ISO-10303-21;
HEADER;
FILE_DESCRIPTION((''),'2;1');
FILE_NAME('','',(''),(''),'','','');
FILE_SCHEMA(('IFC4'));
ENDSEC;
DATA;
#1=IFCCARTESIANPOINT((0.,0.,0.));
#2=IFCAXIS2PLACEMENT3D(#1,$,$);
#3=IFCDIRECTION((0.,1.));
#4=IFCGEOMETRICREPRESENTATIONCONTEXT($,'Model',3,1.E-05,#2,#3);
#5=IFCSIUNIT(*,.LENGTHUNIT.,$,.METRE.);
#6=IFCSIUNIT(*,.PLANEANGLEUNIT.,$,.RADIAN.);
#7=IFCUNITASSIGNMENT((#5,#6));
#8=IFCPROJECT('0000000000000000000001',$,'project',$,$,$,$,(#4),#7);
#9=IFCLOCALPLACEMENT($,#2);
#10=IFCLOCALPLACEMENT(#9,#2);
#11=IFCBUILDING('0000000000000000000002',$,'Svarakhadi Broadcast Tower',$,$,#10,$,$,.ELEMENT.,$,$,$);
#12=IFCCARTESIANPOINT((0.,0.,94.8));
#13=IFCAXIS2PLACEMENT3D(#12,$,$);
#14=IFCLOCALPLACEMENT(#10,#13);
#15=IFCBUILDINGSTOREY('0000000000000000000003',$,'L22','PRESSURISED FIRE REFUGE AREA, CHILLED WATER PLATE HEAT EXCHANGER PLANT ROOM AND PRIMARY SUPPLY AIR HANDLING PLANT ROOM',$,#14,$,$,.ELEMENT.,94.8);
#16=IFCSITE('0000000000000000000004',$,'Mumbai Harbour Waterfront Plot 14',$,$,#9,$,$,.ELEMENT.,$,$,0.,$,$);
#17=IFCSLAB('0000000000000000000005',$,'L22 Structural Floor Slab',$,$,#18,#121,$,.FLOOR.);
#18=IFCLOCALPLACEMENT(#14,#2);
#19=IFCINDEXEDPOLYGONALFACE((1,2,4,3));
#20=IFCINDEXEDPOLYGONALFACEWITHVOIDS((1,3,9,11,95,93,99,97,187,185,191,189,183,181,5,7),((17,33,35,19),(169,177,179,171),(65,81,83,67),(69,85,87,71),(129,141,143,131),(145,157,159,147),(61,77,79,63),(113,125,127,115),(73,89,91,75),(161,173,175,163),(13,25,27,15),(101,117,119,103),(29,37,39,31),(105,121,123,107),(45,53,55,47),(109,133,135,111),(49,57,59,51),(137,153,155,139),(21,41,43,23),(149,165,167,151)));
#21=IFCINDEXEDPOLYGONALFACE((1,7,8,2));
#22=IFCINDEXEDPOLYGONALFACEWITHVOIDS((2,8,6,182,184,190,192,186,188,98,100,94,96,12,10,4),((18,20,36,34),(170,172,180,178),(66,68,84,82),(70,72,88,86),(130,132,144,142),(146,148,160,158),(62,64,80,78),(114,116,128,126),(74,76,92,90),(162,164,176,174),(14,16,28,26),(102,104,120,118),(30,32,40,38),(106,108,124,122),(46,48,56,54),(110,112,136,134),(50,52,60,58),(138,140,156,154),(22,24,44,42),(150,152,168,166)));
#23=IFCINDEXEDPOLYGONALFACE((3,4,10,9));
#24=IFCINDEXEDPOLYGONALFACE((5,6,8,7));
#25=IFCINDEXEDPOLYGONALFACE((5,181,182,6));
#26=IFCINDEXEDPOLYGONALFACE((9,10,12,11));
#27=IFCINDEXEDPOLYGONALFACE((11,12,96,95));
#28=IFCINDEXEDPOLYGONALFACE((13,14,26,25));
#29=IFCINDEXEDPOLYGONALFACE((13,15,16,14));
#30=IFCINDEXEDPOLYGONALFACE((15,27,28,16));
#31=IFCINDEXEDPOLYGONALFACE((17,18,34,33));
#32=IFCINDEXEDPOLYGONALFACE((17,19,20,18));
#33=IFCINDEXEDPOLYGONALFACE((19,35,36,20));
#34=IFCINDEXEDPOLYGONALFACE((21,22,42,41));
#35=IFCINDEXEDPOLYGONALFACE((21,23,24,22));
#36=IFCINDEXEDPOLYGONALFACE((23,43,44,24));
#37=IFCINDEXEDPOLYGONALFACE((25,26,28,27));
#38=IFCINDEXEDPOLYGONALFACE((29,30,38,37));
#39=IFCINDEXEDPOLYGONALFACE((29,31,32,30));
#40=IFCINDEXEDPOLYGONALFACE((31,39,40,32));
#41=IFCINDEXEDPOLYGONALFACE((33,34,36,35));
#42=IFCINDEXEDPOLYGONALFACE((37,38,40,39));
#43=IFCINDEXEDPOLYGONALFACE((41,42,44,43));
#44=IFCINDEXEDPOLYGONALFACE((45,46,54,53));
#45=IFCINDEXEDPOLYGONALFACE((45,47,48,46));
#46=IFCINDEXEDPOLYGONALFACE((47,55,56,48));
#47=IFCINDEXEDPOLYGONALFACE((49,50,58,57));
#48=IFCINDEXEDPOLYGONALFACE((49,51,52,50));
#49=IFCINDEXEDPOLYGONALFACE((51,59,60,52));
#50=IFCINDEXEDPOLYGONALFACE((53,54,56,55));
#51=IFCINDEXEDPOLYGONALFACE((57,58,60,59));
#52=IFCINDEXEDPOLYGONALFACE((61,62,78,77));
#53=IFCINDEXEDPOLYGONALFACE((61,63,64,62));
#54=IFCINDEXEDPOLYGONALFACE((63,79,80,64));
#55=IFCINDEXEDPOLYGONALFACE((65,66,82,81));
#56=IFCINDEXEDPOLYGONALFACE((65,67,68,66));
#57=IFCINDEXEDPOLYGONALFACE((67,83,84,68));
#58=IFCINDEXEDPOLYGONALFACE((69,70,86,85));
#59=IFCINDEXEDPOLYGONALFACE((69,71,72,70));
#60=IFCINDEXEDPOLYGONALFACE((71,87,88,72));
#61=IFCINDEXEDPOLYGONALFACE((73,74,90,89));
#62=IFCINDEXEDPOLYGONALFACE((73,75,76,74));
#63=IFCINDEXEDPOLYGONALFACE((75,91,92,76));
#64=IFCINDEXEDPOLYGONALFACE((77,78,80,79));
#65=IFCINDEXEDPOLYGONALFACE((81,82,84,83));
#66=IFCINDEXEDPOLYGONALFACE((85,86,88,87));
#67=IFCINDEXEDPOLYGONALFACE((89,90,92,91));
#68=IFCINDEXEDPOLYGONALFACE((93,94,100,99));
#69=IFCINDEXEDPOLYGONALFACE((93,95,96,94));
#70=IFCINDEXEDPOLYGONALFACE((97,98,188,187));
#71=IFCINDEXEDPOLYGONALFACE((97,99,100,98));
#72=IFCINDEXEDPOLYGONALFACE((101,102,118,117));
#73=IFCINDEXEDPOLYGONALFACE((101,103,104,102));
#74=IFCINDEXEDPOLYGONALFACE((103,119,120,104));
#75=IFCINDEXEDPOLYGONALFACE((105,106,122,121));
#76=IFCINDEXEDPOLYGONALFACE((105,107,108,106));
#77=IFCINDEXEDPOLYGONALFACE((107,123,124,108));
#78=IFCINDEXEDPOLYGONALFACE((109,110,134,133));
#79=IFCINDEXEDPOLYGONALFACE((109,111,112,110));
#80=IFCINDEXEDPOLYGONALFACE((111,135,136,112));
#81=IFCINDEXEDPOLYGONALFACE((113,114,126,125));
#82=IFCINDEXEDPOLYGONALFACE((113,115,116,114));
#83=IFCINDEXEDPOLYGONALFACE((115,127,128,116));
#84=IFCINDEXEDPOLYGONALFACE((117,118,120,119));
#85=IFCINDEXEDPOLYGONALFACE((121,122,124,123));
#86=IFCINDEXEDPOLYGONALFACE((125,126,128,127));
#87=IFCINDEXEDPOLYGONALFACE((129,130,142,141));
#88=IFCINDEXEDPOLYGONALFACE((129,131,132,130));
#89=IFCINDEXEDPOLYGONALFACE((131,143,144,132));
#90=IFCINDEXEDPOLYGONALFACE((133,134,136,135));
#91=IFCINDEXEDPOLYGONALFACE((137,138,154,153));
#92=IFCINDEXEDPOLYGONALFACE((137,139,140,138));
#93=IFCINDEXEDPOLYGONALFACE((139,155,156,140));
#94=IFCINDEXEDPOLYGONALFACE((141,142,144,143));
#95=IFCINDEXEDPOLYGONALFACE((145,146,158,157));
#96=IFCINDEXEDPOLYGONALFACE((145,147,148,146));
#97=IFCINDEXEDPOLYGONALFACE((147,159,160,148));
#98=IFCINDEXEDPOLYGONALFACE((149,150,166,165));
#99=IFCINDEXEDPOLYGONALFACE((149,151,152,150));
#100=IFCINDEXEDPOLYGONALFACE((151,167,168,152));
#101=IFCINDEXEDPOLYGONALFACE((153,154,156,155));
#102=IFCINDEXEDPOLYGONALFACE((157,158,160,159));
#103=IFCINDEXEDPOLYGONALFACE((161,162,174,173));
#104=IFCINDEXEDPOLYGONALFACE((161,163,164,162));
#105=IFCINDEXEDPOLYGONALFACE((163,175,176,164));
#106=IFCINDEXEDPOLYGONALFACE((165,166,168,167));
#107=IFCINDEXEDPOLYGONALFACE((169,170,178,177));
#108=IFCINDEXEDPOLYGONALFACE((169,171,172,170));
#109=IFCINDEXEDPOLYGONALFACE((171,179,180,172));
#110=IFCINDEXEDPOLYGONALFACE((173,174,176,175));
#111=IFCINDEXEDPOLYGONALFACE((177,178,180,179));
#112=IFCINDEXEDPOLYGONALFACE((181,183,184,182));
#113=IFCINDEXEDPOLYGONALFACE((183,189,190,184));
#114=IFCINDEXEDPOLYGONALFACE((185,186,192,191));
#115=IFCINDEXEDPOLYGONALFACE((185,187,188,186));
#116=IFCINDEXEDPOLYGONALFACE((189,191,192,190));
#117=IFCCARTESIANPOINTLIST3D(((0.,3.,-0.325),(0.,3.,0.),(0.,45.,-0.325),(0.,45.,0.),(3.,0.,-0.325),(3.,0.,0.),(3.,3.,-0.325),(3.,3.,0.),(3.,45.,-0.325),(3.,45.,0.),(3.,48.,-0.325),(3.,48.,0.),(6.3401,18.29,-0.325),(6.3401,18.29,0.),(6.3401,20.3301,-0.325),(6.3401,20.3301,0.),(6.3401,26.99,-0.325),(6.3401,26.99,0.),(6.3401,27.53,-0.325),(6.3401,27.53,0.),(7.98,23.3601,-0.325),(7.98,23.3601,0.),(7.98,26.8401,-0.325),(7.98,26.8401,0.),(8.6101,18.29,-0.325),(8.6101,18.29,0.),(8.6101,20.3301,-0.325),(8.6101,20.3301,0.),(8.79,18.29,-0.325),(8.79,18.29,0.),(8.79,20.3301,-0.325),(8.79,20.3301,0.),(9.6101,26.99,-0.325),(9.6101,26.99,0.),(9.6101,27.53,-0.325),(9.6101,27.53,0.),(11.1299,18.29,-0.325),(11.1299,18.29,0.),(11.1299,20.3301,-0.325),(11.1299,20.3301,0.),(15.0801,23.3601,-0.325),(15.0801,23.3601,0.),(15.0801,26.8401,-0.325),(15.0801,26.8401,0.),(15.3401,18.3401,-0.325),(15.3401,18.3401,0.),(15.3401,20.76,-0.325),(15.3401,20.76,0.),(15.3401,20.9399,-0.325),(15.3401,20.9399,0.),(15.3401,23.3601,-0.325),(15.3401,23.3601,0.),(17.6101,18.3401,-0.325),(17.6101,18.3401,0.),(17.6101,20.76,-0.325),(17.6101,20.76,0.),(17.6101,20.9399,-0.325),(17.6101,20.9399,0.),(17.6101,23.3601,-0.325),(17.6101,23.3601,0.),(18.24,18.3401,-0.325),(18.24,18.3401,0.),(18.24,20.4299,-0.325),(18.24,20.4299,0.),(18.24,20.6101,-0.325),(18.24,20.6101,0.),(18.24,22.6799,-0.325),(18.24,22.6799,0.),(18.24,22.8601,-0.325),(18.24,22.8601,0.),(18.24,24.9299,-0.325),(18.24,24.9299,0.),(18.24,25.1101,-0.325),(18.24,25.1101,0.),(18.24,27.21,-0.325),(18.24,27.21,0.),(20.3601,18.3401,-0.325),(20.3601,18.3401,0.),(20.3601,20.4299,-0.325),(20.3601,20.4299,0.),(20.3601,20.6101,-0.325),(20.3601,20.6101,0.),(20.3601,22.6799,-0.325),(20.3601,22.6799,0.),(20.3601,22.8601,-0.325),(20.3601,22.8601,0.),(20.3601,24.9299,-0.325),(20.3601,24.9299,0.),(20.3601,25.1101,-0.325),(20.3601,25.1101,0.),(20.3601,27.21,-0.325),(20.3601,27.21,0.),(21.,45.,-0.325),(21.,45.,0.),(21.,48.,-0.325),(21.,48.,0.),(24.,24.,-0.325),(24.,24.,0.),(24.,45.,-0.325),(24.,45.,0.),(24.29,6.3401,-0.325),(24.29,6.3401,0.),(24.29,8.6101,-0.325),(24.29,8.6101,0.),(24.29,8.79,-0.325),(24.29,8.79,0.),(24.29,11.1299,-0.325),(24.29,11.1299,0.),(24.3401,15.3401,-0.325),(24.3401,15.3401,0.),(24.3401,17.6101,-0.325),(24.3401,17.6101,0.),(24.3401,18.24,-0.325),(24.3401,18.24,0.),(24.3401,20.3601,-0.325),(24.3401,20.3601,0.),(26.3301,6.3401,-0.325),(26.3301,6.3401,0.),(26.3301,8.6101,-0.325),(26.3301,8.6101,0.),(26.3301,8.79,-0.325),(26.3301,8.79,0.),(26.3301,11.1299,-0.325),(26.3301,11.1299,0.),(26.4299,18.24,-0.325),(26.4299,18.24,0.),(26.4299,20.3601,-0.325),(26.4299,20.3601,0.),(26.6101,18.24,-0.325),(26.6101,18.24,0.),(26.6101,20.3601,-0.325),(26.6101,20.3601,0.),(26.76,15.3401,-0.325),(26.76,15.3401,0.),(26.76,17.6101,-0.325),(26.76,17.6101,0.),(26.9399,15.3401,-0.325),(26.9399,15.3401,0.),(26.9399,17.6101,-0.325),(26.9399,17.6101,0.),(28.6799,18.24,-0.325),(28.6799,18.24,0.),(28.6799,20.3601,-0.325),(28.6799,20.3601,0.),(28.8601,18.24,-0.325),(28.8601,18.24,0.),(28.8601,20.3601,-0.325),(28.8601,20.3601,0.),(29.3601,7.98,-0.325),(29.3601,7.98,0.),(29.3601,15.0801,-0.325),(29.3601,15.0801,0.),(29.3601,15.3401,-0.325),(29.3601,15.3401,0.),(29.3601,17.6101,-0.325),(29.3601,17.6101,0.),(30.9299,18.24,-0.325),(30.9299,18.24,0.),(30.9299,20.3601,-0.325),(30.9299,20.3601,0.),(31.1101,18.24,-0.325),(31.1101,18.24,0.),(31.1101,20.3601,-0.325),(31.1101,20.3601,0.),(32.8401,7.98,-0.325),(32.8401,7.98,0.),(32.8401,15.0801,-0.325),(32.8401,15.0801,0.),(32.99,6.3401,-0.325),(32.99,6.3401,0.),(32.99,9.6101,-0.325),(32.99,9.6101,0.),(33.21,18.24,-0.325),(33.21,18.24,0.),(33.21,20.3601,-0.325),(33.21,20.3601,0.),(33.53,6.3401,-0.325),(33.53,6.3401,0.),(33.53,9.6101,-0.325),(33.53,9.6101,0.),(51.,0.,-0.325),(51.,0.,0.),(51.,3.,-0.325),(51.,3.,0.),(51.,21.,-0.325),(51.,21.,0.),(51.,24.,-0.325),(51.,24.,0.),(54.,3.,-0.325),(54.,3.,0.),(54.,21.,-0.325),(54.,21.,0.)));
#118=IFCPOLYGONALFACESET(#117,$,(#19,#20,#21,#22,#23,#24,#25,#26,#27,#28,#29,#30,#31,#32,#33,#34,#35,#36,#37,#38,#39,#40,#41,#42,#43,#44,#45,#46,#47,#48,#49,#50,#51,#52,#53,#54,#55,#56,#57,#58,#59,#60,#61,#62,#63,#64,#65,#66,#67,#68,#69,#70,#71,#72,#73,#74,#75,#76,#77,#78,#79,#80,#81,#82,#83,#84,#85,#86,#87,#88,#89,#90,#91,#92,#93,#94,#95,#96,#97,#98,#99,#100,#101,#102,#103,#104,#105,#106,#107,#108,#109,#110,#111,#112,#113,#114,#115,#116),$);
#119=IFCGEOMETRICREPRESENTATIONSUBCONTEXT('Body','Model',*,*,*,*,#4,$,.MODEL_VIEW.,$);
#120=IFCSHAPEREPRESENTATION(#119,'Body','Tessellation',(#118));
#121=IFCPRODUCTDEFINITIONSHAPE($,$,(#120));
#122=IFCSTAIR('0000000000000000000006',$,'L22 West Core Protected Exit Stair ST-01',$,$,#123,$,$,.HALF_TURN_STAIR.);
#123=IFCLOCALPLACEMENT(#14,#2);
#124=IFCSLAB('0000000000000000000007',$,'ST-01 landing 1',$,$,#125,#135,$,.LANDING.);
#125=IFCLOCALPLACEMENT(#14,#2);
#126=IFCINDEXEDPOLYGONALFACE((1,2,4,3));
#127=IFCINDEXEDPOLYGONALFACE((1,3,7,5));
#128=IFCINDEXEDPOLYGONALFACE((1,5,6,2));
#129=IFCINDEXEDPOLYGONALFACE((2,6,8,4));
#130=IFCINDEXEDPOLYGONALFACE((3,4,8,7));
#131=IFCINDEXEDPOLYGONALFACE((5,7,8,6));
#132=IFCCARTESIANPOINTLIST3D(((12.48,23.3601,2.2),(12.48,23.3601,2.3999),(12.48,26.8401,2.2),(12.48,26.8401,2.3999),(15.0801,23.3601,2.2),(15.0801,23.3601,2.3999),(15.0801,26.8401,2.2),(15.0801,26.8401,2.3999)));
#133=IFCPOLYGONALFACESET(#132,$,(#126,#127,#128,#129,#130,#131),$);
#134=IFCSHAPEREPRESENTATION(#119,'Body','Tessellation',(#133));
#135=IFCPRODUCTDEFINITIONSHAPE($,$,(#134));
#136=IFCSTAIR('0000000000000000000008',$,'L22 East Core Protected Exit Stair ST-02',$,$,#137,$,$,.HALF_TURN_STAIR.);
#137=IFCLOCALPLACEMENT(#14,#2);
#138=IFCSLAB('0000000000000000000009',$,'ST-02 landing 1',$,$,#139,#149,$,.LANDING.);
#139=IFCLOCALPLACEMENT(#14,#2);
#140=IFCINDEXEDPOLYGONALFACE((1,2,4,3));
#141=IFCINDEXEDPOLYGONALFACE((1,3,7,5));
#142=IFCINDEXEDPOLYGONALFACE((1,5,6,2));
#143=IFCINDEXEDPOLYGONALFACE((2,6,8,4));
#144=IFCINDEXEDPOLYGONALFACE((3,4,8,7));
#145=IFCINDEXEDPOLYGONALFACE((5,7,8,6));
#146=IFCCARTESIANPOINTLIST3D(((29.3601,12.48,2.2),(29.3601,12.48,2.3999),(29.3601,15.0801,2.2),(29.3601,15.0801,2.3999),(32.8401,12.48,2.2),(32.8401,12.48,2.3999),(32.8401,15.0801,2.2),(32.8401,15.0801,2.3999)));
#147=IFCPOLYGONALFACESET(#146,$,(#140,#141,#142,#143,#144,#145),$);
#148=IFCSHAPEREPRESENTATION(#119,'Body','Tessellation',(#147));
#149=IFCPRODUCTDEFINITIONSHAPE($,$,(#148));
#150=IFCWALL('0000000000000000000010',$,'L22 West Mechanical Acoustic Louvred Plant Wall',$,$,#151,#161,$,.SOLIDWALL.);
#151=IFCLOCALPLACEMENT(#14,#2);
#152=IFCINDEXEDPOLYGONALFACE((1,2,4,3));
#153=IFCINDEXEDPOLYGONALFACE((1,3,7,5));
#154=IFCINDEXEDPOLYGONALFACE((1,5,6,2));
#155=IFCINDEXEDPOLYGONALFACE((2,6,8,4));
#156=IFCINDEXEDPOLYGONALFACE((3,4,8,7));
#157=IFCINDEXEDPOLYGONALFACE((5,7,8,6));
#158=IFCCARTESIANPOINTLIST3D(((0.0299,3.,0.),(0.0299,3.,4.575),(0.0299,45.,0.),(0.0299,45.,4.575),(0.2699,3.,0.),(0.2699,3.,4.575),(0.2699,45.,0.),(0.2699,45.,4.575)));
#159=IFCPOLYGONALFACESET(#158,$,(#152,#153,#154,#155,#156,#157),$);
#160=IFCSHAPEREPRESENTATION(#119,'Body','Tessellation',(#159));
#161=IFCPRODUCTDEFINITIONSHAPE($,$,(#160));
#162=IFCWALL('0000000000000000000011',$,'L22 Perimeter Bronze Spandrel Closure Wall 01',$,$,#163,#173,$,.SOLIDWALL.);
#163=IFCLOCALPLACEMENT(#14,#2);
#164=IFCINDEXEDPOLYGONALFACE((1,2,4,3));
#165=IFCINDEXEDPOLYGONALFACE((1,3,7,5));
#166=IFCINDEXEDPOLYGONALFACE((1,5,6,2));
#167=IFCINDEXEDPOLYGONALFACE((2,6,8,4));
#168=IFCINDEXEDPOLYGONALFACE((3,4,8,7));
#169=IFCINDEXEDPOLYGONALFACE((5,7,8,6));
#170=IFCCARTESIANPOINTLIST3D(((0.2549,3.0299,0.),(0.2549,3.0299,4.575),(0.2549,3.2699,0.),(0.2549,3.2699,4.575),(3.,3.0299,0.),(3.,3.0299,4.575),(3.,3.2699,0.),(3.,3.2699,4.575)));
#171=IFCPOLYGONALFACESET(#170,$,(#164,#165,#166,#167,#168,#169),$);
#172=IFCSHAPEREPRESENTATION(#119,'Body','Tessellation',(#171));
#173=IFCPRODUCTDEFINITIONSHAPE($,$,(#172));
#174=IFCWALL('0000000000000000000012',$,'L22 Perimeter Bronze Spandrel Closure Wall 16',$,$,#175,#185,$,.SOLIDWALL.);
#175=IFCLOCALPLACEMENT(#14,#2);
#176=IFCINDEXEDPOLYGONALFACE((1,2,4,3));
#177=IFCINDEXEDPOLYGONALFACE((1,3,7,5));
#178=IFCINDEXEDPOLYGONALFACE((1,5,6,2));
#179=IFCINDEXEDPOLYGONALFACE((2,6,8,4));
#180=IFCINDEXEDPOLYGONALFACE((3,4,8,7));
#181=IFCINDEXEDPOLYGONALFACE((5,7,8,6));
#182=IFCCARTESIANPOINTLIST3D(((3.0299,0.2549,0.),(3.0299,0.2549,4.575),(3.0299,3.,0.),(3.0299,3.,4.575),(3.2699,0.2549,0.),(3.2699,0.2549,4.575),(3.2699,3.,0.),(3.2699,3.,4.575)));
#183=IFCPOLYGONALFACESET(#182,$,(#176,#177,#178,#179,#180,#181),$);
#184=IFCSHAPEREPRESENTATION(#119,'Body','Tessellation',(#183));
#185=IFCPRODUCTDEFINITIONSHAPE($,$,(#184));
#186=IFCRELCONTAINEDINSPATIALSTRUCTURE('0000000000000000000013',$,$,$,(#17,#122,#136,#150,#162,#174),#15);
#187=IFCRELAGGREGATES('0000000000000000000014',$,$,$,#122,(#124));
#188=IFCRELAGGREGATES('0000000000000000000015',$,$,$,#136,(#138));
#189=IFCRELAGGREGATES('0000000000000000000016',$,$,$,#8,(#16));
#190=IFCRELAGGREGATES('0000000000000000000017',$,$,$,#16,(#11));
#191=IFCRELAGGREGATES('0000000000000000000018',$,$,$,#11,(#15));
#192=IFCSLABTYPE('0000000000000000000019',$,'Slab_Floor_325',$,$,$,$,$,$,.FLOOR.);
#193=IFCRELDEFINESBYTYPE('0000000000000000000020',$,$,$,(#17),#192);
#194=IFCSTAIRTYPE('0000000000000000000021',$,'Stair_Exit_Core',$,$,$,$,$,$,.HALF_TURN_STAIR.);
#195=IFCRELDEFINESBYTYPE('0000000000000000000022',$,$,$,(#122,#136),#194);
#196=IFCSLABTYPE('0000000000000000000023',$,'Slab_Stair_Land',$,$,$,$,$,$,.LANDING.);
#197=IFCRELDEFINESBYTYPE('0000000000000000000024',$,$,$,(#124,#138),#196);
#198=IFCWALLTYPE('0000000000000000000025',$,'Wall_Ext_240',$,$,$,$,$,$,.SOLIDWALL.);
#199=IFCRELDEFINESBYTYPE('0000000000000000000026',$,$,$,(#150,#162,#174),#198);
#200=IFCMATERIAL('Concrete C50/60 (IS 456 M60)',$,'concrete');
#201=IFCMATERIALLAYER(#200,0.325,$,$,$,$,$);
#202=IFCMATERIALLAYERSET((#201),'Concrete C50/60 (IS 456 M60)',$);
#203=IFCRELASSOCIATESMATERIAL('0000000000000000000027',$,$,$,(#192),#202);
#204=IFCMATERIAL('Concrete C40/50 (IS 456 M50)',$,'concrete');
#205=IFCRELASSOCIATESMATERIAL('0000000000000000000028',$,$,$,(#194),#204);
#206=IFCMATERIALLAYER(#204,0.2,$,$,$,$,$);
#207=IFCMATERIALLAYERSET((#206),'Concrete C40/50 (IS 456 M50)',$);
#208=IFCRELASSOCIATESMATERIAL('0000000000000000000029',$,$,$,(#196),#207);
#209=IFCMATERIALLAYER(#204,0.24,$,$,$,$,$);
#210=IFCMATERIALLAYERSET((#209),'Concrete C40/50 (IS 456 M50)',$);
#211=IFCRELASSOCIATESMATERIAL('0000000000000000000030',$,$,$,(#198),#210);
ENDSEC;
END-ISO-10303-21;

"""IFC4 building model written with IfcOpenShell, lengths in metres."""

from ifc_helpers import new_model, si_unit, direction, frame, frame_2d, origin, place, context, subcontext, project, spatial, polyline, rectangle, outline, extrude, material, layer, layer_set, type_object, element, aggregate, save


model = new_model("IFC4")

# Units and contexts
model_context = context("Model", 3, precision=1e-05, world=origin(), true_north=direction((0.0, 1.0)))
body_context = subcontext(model_context, "Body", "Model", "MODEL_VIEW")
ifc_project = project(units=[si_unit("LENGTHUNIT", "METRE"), si_unit("PLANEANGLEUNIT", "RADIAN")], contexts=[model_context])

# Site, building, storey
site_placement = place(None, origin())
site = spatial("IfcSite", under=ifc_project, at=site_placement, Name="Mumbai Harbour Waterfront Plot 14", CompositionType="ELEMENT", RefElevation=0.0)
building_placement = place(site_placement, origin())
building = spatial("IfcBuilding", under=site, at=building_placement, Name="Svarakhadi Broadcast Tower", CompositionType="ELEMENT")
storey_placement = place(building_placement, frame((0.0, 0.0, 94.8)))
storey = spatial("IfcBuildingStorey", under=building, at=storey_placement, Name="L22", Description="PRESSURISED FIRE REFUGE AREA, CHILLED WATER PLATE HEAT EXCHANGER PLANT ROOM AND PRIMARY SUPPLY AIR HANDLING PLANT ROOM", CompositionType="ELEMENT", Elevation=94.8)

# Slab
ifc_material_1 = material(Name="Concrete C50/60 (IS 456 M60)", Category="concrete")
ifc_layer_1 = layer(ifc_material_1, 0.325)
ifc_layer_set_1 = layer_set([ifc_layer_1], Name="Concrete C50/60 (IS 456 M60)")
slab_type_1 = type_object("IfcSlabType", Name="Slab_Floor_325", PredefinedType="FLOOR", material=ifc_layer_set_1)
slab_1_placement = place(storey_placement, frame((0.0, 0.0, -0.325)))
element("IfcSlab", 1, at=slab_1_placement, inside=storey, type_object=slab_type_1, Name="L22 Structural Floor Slab", PredefinedType="FLOOR", context=body_context, shape_type="SweptSolid", body=[
    extrude(outline(polyline([(3.0, 0.0), (51.0, 0.0), (51.0, 3.0), (54.0, 3.0), (54.0, 21.0), (51.0, 21.0), (51.0, 24.0), (24.0, 24.0), (24.0, 45.0), (21.0, 45.0), (21.0, 48.0), (3.0, 48.0), (3.0, 45.0), (0.0, 45.0), (0.0, 3.0), (3.0, 3.0), (3.0, 0.0)]), holes=[polyline([(7.98, 23.3601), (15.0801, 23.3601), (15.0801, 26.8401), (7.98, 26.8401), (7.98, 23.3601)]), polyline([(32.8401, 7.98), (32.8401, 15.0801), (29.3601, 15.0801), (29.3601, 7.98), (32.8401, 7.98)]), polyline([(6.3401, 18.29), (8.6101, 18.29), (8.6101, 20.3301), (6.3401, 20.3301), (6.3401, 18.29)]), polyline([(8.79, 18.29), (11.1299, 18.29), (11.1299, 20.3301), (8.79, 20.3301), (8.79, 18.29)]), polyline([(24.29, 6.3401), (26.3301, 6.3401), (26.3301, 8.6101), (24.29, 8.6101), (24.29, 6.3401)]), polyline([(24.29, 8.79), (26.3301, 8.79), (26.3301, 11.1299), (24.29, 11.1299), (24.29, 8.79)]), polyline([(6.3401, 26.99), (9.6101, 26.99), (9.6101, 27.53), (6.3401, 27.53), (6.3401, 26.99)]), polyline([(32.99, 6.3401), (33.53, 6.3401), (33.53, 9.6101), (32.99, 9.6101), (32.99, 6.3401)]), polyline([(15.3401, 18.3401), (17.6101, 18.3401), (17.6101, 20.76), (15.3401, 20.76), (15.3401, 18.3401)]), polyline([(15.3401, 20.9399), (17.6101, 20.9399), (17.6101, 23.3601), (15.3401, 23.3601), (15.3401, 20.9399)]), polyline([(24.3401, 15.3401), (26.76, 15.3401), (26.76, 17.6101), (24.3401, 17.6101), (24.3401, 15.3401)]), polyline([(26.9399, 15.3401), (29.3601, 15.3401), (29.3601, 17.6101), (26.9399, 17.6101), (26.9399, 15.3401)]), polyline([(18.24, 18.3401), (20.3601, 18.3401), (20.3601, 20.4299), (18.24, 20.4299), (18.24, 18.3401)]), polyline([(18.24, 20.6101), (20.3601, 20.6101), (20.3601, 22.6799), (18.24, 22.6799), (18.24, 20.6101)]), polyline([(18.24, 22.8601), (20.3601, 22.8601), (20.3601, 24.9299), (18.24, 24.9299), (18.24, 22.8601)]), polyline([(18.24, 25.1101), (20.3601, 25.1101), (20.3601, 27.21), (18.24, 27.21), (18.24, 25.1101)]), polyline([(24.3401, 18.24), (26.4299, 18.24), (26.4299, 20.3601), (24.3401, 20.3601), (24.3401, 18.24)]), polyline([(26.6101, 18.24), (28.6799, 18.24), (28.6799, 20.3601), (26.6101, 20.3601), (26.6101, 18.24)]), polyline([(28.8601, 18.24), (30.9299, 18.24), (30.9299, 20.3601), (28.8601, 20.3601), (28.8601, 18.24)]), polyline([(31.1101, 18.24), (33.21, 18.24), (33.21, 20.3601), (31.1101, 20.3601), (31.1101, 18.24)])]), origin(), (0.0, 0.0, 1.0), 0.325),
])

# Stairs, slabs
ifc_material_2 = material(Name="Concrete C40/50 (IS 456 M50)", Category="concrete")
stair_type = type_object("IfcStairType", Name="Stair_Exit_Core", PredefinedType="HALF_TURN_STAIR", material=ifc_material_2)
stair_1_placement = place(storey_placement, origin())
stair_1 = element("IfcStair", 2, at=stair_1_placement, inside=storey, type_object=stair_type, Name="L22 West Core Protected Exit Stair ST-01", PredefinedType="HALF_TURN_STAIR")
ifc_layer_2 = layer(ifc_material_2, 0.2)
ifc_layer_set_2 = layer_set([ifc_layer_2], Name="Concrete C40/50 (IS 456 M50)")
slab_type_2 = type_object("IfcSlabType", Name="Slab_Stair_Land", PredefinedType="LANDING", material=ifc_layer_set_2)
slab_2_placement = place(storey_placement, frame((0.0, 0.0, 2.2)))
slab_2 = element("IfcSlab", 3, at=slab_2_placement, type_object=slab_type_2, Name="ST-01 landing 1", PredefinedType="LANDING", context=body_context, shape_type="SweptSolid", body=[
    extrude(outline(polyline([(12.48, 23.3601), (15.0801, 23.3601), (15.0801, 26.8401), (12.48, 26.8401), (12.48, 23.3601)])), origin(), (0.0, 0.0, 1.0), 0.2),
])
aggregate(stair_1, [slab_2])
stair_2_placement = place(storey_placement, origin())
stair_2 = element("IfcStair", 4, at=stair_2_placement, inside=storey, type_object=stair_type, Name="L22 East Core Protected Exit Stair ST-02", PredefinedType="HALF_TURN_STAIR")
slab_3_placement = place(storey_placement, frame((0.0, 0.0, 2.2)))
slab_3 = element("IfcSlab", 5, at=slab_3_placement, type_object=slab_type_2, Name="ST-02 landing 1", PredefinedType="LANDING", context=body_context, shape_type="SweptSolid", body=[
    extrude(outline(polyline([(32.8401, 12.48), (32.8401, 15.0801), (29.3601, 15.0801), (29.3601, 12.48), (32.8401, 12.48)])), origin(), (0.0, 0.0, 1.0), 0.2),
])
aggregate(stair_2, [slab_3])

# Walls
ifc_layer_3 = layer(ifc_material_2, 0.24)
ifc_layer_set_3 = layer_set([ifc_layer_3], Name="Concrete C40/50 (IS 456 M50)")
wall_type_1 = type_object("IfcWallType", Name="Wall_Ext_240", PredefinedType="SOLIDWALL", material=ifc_layer_set_3)
wall_1_placement = place(storey_placement, frame((0.1499, 3.0, 0.0), z_axis=(0.0, 0.0, 1.0), x_axis=(0.0, 1.0, 0.0)))
element("IfcWall", 6, at=wall_1_placement, inside=storey, type_object=wall_type_1, Name="L22 West Mechanical Acoustic Louvred Plant Wall", PredefinedType="SOLIDWALL", context=body_context, shape_type="SweptSolid", body=[
    extrude(rectangle(XDim=42.0, YDim=0.24, at=frame_2d((21.0, 0.0))), origin(), (0.0, 0.0, 1.0), 4.575),
])
for number, where, z_axis, x_axis, name in (
    (7, (3.0, 3.1499, 0.0), (0.0, 0.0, 1.0), (-1.0, 0.0, 0.0), "L22 Perimeter Bronze Spandrel Closure Wall 01"),
    (8, (3.1499, 0.2549, 0.0), (0.0, 0.0, 1.0), (0.0, 1.0, 0.0), "L22 Perimeter Bronze Spandrel Closure Wall 16"),
):
    element("IfcWall", number, at=place(storey_placement, frame(where, z_axis=z_axis, x_axis=x_axis)), inside=storey, type_object=wall_type_1, Name=name, PredefinedType="SOLIDWALL", context=body_context, shape_type="SweptSolid", body=[
        extrude(rectangle(XDim=2.7451, YDim=0.24, at=frame_2d((1.3726, 0.0))), origin(), (0.0, 0.0, 1.0), 4.575),
    ])

save(model, "model.ifc")
